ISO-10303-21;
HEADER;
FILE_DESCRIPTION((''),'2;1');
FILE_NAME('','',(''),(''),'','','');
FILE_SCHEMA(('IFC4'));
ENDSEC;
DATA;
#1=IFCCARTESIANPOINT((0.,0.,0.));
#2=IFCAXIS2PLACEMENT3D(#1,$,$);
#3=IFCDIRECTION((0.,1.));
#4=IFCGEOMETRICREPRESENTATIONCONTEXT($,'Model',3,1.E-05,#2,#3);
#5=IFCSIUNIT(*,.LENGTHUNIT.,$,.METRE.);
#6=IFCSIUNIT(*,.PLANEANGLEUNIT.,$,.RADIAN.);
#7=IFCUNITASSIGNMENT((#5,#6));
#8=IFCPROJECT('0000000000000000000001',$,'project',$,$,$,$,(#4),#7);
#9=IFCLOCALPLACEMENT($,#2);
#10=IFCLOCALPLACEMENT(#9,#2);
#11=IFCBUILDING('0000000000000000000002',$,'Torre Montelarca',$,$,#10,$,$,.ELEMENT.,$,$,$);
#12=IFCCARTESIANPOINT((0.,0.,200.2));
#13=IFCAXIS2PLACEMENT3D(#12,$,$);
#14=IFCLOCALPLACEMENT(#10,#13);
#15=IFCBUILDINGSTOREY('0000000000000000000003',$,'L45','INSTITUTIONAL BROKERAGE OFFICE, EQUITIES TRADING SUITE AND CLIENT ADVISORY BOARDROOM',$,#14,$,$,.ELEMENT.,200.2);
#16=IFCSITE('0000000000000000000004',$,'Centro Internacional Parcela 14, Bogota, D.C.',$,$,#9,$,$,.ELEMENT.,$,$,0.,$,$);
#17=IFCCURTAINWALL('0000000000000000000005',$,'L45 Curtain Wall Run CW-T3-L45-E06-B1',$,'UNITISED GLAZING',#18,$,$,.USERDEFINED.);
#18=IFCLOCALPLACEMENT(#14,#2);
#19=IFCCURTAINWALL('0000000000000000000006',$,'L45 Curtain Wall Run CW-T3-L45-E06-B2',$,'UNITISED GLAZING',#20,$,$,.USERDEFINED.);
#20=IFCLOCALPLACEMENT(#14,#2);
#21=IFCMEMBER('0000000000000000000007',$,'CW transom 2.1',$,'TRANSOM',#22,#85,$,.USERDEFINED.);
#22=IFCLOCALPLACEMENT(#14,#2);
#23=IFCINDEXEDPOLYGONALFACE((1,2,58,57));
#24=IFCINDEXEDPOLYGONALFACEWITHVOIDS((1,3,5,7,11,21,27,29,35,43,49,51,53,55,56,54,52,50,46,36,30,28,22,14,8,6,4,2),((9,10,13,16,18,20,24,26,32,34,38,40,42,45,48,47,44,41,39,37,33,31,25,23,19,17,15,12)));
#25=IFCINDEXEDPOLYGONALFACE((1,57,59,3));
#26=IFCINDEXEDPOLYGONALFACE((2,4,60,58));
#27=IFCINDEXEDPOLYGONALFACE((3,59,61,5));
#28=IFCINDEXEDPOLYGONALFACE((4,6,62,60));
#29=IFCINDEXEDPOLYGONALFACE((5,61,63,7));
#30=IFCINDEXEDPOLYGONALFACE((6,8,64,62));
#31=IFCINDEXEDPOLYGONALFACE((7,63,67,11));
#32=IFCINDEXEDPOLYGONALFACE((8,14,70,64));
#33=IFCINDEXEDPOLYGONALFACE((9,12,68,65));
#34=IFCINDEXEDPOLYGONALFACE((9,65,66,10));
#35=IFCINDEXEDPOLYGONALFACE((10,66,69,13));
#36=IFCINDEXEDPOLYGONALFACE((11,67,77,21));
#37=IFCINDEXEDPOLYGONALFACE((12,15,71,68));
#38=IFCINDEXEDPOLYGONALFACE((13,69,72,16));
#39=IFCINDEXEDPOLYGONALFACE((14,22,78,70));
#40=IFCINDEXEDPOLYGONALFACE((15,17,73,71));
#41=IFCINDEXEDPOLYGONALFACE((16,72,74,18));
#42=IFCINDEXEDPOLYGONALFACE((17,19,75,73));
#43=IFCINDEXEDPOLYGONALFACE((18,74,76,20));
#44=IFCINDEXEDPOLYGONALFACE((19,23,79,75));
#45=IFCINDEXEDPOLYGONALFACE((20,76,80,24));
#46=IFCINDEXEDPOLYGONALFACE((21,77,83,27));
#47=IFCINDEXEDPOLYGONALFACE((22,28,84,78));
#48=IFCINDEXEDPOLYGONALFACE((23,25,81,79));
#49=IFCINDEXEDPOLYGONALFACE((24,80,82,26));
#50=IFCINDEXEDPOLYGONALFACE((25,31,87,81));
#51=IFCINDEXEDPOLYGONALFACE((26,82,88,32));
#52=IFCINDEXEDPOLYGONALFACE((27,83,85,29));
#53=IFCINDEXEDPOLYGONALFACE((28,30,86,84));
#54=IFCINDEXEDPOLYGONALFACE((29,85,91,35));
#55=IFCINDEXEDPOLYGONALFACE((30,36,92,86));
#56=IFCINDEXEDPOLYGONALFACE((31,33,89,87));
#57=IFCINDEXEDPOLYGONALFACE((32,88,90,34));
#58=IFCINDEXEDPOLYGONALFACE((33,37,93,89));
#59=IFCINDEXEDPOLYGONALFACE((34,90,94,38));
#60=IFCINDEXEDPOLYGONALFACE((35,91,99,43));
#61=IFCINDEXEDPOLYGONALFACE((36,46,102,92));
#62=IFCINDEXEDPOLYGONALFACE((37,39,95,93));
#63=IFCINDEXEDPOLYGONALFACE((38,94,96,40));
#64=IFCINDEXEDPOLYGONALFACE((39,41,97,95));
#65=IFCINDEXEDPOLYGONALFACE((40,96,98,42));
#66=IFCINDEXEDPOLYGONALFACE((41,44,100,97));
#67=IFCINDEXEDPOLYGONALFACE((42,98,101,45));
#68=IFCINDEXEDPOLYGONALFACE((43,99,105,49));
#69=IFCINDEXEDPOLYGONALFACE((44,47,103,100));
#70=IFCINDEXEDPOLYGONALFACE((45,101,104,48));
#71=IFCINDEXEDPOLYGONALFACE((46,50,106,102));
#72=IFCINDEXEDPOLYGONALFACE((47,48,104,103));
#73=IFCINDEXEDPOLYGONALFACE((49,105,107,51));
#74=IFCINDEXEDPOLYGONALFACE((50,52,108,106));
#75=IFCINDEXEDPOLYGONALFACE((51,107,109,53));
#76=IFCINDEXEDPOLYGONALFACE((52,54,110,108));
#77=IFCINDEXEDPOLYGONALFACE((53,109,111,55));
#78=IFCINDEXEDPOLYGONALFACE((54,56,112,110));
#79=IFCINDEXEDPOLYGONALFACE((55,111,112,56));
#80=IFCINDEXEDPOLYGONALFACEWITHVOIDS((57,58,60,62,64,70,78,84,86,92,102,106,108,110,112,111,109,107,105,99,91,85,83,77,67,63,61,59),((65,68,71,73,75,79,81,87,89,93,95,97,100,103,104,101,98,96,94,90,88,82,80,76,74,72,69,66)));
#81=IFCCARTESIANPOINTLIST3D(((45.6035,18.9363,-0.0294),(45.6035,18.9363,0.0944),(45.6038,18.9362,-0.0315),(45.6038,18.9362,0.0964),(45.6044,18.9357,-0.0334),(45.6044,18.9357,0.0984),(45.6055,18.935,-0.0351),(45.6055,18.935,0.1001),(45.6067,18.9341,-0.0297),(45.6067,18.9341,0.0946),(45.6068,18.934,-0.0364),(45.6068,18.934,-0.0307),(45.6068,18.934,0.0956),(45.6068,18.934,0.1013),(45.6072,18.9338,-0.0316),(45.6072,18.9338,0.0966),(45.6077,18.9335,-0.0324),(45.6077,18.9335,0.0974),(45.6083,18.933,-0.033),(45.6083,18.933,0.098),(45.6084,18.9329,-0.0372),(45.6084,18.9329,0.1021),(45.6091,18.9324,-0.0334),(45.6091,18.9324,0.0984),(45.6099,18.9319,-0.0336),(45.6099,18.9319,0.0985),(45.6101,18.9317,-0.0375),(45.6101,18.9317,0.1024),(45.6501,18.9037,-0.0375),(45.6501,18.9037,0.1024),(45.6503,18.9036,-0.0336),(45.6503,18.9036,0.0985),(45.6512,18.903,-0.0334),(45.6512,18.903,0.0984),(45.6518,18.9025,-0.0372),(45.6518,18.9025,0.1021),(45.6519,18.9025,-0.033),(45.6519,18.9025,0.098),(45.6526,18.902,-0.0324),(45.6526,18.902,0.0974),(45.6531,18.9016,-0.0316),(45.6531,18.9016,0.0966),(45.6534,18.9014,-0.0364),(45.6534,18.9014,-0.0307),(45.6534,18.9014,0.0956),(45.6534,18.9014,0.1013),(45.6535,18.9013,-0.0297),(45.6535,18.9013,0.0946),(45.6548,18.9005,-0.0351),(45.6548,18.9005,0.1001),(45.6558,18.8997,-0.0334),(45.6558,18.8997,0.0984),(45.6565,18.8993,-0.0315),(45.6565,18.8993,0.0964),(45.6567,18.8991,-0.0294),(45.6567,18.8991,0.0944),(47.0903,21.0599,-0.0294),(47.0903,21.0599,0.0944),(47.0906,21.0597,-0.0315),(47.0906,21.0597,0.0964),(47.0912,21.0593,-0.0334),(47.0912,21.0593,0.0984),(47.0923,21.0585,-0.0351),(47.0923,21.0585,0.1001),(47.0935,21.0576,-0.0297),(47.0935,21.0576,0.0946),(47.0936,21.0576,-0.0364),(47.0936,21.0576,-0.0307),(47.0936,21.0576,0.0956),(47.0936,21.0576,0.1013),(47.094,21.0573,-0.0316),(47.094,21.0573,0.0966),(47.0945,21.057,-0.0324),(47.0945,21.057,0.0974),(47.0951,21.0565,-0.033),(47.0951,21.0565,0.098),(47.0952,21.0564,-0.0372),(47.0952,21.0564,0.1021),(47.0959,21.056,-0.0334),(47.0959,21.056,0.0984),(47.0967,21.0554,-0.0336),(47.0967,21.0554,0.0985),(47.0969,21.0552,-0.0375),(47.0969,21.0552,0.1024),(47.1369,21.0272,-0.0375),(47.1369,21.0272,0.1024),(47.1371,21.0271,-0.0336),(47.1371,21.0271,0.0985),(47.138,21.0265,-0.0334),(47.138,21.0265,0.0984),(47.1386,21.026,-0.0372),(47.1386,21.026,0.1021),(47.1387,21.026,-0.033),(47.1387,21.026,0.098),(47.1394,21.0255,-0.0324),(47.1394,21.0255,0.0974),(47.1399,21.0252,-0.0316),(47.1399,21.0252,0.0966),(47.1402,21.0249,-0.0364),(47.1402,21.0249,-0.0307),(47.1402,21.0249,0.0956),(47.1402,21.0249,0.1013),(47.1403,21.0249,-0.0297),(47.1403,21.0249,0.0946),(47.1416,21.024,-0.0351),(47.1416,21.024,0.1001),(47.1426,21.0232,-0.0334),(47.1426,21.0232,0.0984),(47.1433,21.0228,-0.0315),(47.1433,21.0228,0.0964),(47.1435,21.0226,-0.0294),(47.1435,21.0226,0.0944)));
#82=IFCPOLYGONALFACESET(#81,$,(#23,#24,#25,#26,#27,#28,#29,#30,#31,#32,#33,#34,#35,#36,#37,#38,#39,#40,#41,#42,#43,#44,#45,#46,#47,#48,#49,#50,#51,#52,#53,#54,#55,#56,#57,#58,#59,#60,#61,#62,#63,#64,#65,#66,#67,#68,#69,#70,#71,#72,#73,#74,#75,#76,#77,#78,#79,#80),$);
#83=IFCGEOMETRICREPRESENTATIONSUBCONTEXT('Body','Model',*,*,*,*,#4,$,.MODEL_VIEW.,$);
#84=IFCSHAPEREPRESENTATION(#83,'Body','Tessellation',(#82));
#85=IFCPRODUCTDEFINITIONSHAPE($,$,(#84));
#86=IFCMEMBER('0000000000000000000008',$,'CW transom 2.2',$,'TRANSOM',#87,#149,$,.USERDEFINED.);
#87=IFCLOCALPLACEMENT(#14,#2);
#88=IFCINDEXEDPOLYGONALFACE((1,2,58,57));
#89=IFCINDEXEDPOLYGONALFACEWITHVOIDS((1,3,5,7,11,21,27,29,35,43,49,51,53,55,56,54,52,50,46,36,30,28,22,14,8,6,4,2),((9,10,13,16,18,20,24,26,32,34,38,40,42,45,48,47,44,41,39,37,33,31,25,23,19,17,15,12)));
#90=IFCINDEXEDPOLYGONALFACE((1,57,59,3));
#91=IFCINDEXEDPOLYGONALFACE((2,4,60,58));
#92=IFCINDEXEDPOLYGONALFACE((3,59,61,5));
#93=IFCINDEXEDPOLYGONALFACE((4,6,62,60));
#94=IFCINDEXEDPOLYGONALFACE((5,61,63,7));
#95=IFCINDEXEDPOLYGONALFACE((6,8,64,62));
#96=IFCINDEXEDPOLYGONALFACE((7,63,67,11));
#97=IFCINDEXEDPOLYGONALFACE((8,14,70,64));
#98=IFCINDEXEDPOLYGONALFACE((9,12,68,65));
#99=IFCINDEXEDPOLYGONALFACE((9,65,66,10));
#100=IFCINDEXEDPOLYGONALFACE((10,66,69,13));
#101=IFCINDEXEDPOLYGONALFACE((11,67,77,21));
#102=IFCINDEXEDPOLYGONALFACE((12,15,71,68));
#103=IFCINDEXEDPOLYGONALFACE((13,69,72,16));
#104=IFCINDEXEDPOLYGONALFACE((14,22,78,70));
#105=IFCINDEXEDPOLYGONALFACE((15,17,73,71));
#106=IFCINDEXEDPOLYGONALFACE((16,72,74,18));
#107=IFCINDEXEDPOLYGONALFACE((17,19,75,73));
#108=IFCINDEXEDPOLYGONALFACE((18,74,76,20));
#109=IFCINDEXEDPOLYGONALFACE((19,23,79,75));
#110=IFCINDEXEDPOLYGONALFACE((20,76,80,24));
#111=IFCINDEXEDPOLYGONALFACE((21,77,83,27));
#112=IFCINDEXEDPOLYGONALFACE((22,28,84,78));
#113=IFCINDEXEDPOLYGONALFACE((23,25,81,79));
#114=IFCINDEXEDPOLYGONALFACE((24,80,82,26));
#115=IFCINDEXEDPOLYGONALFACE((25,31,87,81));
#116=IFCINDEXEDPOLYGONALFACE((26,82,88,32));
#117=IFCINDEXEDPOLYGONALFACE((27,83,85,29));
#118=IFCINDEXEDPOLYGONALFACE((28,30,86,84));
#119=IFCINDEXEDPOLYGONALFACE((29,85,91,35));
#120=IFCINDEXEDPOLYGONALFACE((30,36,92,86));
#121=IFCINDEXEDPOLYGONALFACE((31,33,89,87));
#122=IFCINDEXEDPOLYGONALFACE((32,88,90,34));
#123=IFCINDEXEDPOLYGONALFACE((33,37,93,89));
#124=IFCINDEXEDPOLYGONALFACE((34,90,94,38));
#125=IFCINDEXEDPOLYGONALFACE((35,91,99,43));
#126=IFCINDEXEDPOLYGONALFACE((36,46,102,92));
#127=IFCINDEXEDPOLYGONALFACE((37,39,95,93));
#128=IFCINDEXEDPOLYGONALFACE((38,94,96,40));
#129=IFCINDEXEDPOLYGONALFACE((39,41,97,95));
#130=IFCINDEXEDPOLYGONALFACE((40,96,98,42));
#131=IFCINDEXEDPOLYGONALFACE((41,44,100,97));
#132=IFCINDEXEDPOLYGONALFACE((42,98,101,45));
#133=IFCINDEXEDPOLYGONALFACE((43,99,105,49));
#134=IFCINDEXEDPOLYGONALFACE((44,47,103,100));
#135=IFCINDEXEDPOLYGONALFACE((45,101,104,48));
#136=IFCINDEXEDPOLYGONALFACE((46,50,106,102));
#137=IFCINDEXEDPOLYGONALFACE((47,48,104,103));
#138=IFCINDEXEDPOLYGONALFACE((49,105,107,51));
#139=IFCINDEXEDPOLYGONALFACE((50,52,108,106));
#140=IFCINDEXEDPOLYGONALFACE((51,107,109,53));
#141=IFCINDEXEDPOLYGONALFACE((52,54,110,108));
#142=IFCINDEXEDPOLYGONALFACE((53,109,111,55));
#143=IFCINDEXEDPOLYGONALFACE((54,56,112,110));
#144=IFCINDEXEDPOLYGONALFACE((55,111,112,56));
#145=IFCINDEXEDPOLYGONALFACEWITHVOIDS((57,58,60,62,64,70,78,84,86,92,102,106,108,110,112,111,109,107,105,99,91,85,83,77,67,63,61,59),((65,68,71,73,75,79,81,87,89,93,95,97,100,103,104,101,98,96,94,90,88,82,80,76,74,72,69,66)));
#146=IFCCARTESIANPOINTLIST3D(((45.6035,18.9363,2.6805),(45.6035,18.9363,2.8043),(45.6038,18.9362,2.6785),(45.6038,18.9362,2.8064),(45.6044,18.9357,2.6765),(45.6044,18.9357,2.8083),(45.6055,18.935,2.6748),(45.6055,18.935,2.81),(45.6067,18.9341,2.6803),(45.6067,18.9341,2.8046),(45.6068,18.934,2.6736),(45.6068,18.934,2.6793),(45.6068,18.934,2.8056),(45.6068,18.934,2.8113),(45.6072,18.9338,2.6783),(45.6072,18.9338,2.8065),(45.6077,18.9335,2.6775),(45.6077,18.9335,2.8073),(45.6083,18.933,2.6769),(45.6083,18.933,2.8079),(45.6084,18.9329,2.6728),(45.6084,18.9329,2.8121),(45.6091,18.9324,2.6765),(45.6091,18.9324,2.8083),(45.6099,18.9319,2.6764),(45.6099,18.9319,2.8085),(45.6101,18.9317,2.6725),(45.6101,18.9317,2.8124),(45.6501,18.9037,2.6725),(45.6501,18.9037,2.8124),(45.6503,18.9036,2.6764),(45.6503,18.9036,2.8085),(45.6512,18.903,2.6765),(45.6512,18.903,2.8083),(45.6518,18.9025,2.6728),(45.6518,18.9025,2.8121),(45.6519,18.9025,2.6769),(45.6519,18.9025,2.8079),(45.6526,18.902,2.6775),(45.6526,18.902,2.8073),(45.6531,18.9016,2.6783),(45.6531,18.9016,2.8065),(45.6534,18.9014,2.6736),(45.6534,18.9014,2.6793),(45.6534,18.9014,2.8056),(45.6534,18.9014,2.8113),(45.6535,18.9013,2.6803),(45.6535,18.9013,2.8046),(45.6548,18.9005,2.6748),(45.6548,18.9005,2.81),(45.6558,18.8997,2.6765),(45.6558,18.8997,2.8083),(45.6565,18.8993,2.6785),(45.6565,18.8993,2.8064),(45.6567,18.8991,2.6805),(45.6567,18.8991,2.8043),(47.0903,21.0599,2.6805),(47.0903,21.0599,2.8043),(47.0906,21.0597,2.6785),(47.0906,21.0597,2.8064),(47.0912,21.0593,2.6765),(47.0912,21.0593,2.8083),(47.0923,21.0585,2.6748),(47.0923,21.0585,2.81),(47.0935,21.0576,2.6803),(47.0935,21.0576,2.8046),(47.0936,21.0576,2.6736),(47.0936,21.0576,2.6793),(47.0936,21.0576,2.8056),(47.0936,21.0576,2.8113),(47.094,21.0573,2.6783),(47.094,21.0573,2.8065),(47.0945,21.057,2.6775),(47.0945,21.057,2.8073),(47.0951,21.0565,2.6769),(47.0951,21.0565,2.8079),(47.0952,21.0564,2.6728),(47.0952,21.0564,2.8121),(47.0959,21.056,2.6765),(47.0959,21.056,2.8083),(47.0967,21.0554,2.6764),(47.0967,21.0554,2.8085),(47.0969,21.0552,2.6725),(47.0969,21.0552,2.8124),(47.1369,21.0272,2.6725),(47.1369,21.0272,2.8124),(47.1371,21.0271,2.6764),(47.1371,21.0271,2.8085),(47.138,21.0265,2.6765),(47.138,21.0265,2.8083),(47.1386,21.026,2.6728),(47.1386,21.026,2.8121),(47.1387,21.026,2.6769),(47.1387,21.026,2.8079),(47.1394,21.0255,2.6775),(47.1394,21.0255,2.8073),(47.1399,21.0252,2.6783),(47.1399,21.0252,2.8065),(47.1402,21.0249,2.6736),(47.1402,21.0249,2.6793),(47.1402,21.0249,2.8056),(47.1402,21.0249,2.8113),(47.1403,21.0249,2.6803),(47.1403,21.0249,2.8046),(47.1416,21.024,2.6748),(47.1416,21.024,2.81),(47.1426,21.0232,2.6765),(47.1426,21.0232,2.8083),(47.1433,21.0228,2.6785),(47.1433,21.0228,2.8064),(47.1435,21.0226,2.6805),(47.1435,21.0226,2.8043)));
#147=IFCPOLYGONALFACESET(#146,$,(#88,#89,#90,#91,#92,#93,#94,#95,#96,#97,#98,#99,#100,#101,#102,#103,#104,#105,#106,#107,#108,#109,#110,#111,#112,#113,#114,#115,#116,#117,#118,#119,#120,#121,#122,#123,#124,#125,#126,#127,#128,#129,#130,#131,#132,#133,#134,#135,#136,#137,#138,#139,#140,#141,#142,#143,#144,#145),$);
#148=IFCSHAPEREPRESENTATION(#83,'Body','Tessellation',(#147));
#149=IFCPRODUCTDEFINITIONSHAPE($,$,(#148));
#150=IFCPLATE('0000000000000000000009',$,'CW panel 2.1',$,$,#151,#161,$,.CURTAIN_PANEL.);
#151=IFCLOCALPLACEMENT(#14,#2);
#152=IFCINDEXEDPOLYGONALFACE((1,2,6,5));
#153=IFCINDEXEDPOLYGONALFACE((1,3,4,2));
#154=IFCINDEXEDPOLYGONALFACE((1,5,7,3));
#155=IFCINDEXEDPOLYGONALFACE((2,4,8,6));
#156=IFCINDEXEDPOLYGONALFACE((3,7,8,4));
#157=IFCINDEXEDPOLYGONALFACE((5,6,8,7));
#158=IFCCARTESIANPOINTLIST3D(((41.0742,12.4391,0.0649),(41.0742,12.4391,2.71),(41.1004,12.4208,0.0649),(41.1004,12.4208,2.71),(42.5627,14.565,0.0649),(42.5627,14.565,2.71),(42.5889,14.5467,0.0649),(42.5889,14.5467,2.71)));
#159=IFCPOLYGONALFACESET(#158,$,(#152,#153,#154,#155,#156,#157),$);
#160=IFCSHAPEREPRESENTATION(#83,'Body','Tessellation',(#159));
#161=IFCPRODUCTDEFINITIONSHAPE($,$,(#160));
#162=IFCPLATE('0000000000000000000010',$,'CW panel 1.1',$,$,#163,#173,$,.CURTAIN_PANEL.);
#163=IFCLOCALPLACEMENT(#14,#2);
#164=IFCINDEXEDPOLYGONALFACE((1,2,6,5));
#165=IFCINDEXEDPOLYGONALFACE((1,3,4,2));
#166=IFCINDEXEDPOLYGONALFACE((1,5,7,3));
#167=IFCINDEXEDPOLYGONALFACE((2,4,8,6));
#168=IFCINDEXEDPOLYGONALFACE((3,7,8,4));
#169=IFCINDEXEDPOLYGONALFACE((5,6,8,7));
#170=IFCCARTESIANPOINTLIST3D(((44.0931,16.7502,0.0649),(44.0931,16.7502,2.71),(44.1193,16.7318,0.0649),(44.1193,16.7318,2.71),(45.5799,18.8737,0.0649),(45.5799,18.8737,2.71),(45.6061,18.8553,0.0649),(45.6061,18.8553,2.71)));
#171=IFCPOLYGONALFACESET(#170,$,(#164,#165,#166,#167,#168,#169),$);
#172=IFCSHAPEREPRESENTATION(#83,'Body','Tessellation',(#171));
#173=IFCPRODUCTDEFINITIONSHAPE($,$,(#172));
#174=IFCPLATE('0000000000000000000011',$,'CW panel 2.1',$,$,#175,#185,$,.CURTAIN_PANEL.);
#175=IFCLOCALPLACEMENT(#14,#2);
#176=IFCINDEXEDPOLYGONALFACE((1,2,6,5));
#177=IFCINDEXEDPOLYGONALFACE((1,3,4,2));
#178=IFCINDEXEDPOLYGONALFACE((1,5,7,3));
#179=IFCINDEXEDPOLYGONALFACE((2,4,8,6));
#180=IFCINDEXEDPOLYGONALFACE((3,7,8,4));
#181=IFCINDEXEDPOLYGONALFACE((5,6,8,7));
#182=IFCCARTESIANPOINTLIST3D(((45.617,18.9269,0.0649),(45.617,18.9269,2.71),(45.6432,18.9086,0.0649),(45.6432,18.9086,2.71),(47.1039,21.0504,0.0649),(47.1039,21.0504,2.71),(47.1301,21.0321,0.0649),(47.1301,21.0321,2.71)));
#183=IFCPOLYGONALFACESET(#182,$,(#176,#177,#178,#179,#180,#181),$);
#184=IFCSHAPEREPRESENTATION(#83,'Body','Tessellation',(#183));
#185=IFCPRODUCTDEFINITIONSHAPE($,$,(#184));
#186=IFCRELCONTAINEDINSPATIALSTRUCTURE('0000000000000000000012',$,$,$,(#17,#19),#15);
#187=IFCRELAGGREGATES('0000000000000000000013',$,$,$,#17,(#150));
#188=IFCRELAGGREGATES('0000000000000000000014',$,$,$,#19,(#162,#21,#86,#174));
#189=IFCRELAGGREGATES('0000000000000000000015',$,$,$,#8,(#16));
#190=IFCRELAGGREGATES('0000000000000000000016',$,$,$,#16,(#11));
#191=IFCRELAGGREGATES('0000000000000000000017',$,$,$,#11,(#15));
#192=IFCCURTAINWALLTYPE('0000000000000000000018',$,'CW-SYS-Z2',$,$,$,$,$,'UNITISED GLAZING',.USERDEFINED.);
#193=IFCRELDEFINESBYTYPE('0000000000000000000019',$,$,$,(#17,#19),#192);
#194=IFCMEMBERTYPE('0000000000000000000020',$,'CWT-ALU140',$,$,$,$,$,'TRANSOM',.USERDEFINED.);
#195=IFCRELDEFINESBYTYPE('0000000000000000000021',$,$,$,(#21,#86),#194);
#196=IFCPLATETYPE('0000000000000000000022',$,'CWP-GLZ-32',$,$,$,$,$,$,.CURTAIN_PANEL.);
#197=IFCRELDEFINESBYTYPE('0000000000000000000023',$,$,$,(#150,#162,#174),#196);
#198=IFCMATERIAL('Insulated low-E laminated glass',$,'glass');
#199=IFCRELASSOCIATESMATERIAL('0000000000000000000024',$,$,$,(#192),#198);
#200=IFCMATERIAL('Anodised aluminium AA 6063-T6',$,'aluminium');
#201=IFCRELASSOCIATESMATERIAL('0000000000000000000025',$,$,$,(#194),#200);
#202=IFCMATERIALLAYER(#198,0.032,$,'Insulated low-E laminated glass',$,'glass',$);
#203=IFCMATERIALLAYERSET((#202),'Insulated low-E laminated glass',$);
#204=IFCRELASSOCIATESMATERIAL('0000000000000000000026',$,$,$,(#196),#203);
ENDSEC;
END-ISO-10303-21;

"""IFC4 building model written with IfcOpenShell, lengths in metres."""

from ifc_helpers import new_model, si_unit, direction, frame, origin, origin_2d, place, context, subcontext, project, spatial, rectangle, hollow_rectangle, extrude, source, transform, mapped, material, layer, layer_set, material_profile, profile_set, type_object, element, aggregate, save


model = new_model("IFC4")

# Units and contexts
model_context = context("Model", 3, precision=1e-05, world=origin(), true_north=direction((0.0, 1.0)))
body_context = subcontext(model_context, "Body", "Model", "MODEL_VIEW")
ifc_project = project(units=[si_unit("LENGTHUNIT", "METRE"), si_unit("PLANEANGLEUNIT", "RADIAN")], contexts=[model_context])

# Site, building, storey
site_placement = place(None, origin())
site = spatial("IfcSite", under=ifc_project, at=site_placement, Name="Centro Internacional Parcela 14, Bogota, D.C.", CompositionType="ELEMENT", RefElevation=0.0)
building_placement = place(site_placement, origin())
building = spatial("IfcBuilding", under=site, at=building_placement, Name="Torre Montelarca", CompositionType="ELEMENT")
storey_placement = place(building_placement, frame((0.0, 0.0, 200.2)))
storey = spatial("IfcBuildingStorey", under=building, at=storey_placement, Name="L45", Description="INSTITUTIONAL BROKERAGE OFFICE, EQUITIES TRADING SUITE AND CLIENT ADVISORY BOARDROOM", CompositionType="ELEMENT", Elevation=200.2)

# Shared definitions
ifc_material_1 = material(Name="Insulated low-E laminated glass", Category="glass")
curtain_wall_type = type_object("IfcCurtainWallType", Name="CW-SYS-Z2", ElementType="UNITISED GLAZING", PredefinedType="USERDEFINED", material=ifc_material_1)
ifc_material_2 = material(Name="Anodised aluminium AA 6063-T6", Category="aluminium")
ifc_material_profile_1 = material_profile(ifc_material_2, hollow_rectangle(XDim=0.0649, YDim=0.1399, WallThickness=0.0039, InnerFilletRadius=0.0039, OuterFilletRadius=0.0081, at=origin_2d()), Name="ALU65X140X4", Category="aluminium")
ifc_profile_set_1 = profile_set([ifc_material_profile_1], Name="Anodised aluminium AA 6063-T6")
member_type_1 = type_object("IfcMemberType", Name="CWT-ALU140", ElementType="TRANSOM", PredefinedType="USERDEFINED", material=ifc_profile_set_1)

# Curtain wall
curtain_wall_1_placement = place(storey_placement, origin())
curtain_wall_1 = element("IfcCurtainWall", 1, at=curtain_wall_1_placement, inside=storey, type_object=curtain_wall_type, Name="L45 Curtain Wall Run CW-T3-L45-E06-B1", ObjectType="UNITISED GLAZING", PredefinedType="USERDEFINED")

# Curtain wall
curtain_wall_2_placement = place(storey_placement, origin())
curtain_wall_2 = element("IfcCurtainWall", 2, at=curtain_wall_2_placement, inside=storey, type_object=curtain_wall_type, Name="L45 Curtain Wall Run CW-T3-L45-E06-B2", ObjectType="UNITISED GLAZING", PredefinedType="USERDEFINED")

# Members
shared_shape_1 = source(origin(), body_context, "Body", "SweptSolid", [
    extrude(hollow_rectangle(XDim=0.0649, YDim=0.1399, WallThickness=0.0039, InnerFilletRadius=0.0039, OuterFilletRadius=0.0081, at=origin_2d()), origin(), (0.0, 0.0, 1.0), 2.5923),
])
member_1_placement = place(storey_placement, frame((45.6301, 18.9177, 0.0325), z_axis=(0.573551, 0.81917, 0.0), x_axis=(-0.81917, 0.573551, 0.0)))
member_1 = element("IfcMember", 3, at=member_1_placement, type_object=member_type_1, Name="CW transom 2.1", ObjectType="TRANSOM", PredefinedType="USERDEFINED", context=body_context, shape_type="MappedRepresentation", body=[
    mapped(shared_shape_1, transform((0.0, 0.0, 0.0), scale=1.0)),
])
member_2_placement = place(storey_placement, frame((45.6301, 18.9177, 2.7424), z_axis=(0.573551, 0.81917, 0.0), x_axis=(-0.81917, 0.573551, 0.0)))
member_2 = element("IfcMember", 4, at=member_2_placement, type_object=member_type_1, Name="CW transom 2.2", ObjectType="TRANSOM", PredefinedType="USERDEFINED", context=body_context, shape_type="MappedRepresentation", body=[
    mapped(shared_shape_1, transform((0.0, 0.0, 0.0), scale=1.0)),
])

# Plates
ifc_layer_1 = layer(ifc_material_1, 0.032, Name="Insulated low-E laminated glass", Category="glass")
ifc_layer_set_1 = layer_set([ifc_layer_1], Name="Insulated low-E laminated glass")
plate_type = type_object("IfcPlateType", Name="CWP-GLZ-32", PredefinedType="CURTAIN_PANEL", material=ifc_layer_set_1)
shared_shape_2 = source(origin(), body_context, "Body", "SweptSolid", [
    extrude(rectangle(XDim=2.5952, YDim=0.032, at=origin_2d()), origin(), (0.0, 0.0, 1.0), 2.645),
])
plate_1_placement = place(storey_placement, frame((41.8315, 13.4929, 0.0649), z_axis=(0.0, 0.0, 1.0), x_axis=(0.573556, 0.819166, 0.0)))
plate_1 = element("IfcPlate", 5, at=plate_1_placement, type_object=plate_type, Name="CW panel 2.1", PredefinedType="CURTAIN_PANEL", context=body_context, shape_type="MappedRepresentation", body=[
    mapped(shared_shape_2, transform((0.0, 0.0, 0.0), scale=1.0)),
])
aggregate(curtain_wall_1, [plate_1])
shared_shape_3 = source(origin(), body_context, "Body", "SweptSolid", [
    extrude(rectangle(XDim=2.5923, YDim=0.032, at=origin_2d()), origin(), (0.0, 0.0, 1.0), 2.645),
])
plate_2_placement = place(storey_placement, frame((44.8496, 17.8027, 0.0649), z_axis=(0.0, 0.0, 1.0), x_axis=(0.573563, 0.819161, 0.0)))
plate_2 = element("IfcPlate", 6, at=plate_2_placement, type_object=plate_type, Name="CW panel 1.1", PredefinedType="CURTAIN_PANEL", context=body_context, shape_type="MappedRepresentation", body=[
    mapped(shared_shape_3, transform((0.0, 0.0, 0.0), scale=1.0)),
])
plate_3_placement = place(storey_placement, frame((46.3735, 19.9795, 0.0649), z_axis=(0.0, 0.0, 1.0), x_axis=(0.573563, 0.819161, 0.0)))
plate_3 = element("IfcPlate", 7, at=plate_3_placement, type_object=plate_type, Name="CW panel 2.1", PredefinedType="CURTAIN_PANEL", context=body_context, shape_type="MappedRepresentation", body=[
    mapped(shared_shape_3, transform((0.0, 0.0, 0.0), scale=1.0)),
])
aggregate(curtain_wall_2, [plate_2, member_1, member_2, plate_3])

save(model, "model.ifc")
